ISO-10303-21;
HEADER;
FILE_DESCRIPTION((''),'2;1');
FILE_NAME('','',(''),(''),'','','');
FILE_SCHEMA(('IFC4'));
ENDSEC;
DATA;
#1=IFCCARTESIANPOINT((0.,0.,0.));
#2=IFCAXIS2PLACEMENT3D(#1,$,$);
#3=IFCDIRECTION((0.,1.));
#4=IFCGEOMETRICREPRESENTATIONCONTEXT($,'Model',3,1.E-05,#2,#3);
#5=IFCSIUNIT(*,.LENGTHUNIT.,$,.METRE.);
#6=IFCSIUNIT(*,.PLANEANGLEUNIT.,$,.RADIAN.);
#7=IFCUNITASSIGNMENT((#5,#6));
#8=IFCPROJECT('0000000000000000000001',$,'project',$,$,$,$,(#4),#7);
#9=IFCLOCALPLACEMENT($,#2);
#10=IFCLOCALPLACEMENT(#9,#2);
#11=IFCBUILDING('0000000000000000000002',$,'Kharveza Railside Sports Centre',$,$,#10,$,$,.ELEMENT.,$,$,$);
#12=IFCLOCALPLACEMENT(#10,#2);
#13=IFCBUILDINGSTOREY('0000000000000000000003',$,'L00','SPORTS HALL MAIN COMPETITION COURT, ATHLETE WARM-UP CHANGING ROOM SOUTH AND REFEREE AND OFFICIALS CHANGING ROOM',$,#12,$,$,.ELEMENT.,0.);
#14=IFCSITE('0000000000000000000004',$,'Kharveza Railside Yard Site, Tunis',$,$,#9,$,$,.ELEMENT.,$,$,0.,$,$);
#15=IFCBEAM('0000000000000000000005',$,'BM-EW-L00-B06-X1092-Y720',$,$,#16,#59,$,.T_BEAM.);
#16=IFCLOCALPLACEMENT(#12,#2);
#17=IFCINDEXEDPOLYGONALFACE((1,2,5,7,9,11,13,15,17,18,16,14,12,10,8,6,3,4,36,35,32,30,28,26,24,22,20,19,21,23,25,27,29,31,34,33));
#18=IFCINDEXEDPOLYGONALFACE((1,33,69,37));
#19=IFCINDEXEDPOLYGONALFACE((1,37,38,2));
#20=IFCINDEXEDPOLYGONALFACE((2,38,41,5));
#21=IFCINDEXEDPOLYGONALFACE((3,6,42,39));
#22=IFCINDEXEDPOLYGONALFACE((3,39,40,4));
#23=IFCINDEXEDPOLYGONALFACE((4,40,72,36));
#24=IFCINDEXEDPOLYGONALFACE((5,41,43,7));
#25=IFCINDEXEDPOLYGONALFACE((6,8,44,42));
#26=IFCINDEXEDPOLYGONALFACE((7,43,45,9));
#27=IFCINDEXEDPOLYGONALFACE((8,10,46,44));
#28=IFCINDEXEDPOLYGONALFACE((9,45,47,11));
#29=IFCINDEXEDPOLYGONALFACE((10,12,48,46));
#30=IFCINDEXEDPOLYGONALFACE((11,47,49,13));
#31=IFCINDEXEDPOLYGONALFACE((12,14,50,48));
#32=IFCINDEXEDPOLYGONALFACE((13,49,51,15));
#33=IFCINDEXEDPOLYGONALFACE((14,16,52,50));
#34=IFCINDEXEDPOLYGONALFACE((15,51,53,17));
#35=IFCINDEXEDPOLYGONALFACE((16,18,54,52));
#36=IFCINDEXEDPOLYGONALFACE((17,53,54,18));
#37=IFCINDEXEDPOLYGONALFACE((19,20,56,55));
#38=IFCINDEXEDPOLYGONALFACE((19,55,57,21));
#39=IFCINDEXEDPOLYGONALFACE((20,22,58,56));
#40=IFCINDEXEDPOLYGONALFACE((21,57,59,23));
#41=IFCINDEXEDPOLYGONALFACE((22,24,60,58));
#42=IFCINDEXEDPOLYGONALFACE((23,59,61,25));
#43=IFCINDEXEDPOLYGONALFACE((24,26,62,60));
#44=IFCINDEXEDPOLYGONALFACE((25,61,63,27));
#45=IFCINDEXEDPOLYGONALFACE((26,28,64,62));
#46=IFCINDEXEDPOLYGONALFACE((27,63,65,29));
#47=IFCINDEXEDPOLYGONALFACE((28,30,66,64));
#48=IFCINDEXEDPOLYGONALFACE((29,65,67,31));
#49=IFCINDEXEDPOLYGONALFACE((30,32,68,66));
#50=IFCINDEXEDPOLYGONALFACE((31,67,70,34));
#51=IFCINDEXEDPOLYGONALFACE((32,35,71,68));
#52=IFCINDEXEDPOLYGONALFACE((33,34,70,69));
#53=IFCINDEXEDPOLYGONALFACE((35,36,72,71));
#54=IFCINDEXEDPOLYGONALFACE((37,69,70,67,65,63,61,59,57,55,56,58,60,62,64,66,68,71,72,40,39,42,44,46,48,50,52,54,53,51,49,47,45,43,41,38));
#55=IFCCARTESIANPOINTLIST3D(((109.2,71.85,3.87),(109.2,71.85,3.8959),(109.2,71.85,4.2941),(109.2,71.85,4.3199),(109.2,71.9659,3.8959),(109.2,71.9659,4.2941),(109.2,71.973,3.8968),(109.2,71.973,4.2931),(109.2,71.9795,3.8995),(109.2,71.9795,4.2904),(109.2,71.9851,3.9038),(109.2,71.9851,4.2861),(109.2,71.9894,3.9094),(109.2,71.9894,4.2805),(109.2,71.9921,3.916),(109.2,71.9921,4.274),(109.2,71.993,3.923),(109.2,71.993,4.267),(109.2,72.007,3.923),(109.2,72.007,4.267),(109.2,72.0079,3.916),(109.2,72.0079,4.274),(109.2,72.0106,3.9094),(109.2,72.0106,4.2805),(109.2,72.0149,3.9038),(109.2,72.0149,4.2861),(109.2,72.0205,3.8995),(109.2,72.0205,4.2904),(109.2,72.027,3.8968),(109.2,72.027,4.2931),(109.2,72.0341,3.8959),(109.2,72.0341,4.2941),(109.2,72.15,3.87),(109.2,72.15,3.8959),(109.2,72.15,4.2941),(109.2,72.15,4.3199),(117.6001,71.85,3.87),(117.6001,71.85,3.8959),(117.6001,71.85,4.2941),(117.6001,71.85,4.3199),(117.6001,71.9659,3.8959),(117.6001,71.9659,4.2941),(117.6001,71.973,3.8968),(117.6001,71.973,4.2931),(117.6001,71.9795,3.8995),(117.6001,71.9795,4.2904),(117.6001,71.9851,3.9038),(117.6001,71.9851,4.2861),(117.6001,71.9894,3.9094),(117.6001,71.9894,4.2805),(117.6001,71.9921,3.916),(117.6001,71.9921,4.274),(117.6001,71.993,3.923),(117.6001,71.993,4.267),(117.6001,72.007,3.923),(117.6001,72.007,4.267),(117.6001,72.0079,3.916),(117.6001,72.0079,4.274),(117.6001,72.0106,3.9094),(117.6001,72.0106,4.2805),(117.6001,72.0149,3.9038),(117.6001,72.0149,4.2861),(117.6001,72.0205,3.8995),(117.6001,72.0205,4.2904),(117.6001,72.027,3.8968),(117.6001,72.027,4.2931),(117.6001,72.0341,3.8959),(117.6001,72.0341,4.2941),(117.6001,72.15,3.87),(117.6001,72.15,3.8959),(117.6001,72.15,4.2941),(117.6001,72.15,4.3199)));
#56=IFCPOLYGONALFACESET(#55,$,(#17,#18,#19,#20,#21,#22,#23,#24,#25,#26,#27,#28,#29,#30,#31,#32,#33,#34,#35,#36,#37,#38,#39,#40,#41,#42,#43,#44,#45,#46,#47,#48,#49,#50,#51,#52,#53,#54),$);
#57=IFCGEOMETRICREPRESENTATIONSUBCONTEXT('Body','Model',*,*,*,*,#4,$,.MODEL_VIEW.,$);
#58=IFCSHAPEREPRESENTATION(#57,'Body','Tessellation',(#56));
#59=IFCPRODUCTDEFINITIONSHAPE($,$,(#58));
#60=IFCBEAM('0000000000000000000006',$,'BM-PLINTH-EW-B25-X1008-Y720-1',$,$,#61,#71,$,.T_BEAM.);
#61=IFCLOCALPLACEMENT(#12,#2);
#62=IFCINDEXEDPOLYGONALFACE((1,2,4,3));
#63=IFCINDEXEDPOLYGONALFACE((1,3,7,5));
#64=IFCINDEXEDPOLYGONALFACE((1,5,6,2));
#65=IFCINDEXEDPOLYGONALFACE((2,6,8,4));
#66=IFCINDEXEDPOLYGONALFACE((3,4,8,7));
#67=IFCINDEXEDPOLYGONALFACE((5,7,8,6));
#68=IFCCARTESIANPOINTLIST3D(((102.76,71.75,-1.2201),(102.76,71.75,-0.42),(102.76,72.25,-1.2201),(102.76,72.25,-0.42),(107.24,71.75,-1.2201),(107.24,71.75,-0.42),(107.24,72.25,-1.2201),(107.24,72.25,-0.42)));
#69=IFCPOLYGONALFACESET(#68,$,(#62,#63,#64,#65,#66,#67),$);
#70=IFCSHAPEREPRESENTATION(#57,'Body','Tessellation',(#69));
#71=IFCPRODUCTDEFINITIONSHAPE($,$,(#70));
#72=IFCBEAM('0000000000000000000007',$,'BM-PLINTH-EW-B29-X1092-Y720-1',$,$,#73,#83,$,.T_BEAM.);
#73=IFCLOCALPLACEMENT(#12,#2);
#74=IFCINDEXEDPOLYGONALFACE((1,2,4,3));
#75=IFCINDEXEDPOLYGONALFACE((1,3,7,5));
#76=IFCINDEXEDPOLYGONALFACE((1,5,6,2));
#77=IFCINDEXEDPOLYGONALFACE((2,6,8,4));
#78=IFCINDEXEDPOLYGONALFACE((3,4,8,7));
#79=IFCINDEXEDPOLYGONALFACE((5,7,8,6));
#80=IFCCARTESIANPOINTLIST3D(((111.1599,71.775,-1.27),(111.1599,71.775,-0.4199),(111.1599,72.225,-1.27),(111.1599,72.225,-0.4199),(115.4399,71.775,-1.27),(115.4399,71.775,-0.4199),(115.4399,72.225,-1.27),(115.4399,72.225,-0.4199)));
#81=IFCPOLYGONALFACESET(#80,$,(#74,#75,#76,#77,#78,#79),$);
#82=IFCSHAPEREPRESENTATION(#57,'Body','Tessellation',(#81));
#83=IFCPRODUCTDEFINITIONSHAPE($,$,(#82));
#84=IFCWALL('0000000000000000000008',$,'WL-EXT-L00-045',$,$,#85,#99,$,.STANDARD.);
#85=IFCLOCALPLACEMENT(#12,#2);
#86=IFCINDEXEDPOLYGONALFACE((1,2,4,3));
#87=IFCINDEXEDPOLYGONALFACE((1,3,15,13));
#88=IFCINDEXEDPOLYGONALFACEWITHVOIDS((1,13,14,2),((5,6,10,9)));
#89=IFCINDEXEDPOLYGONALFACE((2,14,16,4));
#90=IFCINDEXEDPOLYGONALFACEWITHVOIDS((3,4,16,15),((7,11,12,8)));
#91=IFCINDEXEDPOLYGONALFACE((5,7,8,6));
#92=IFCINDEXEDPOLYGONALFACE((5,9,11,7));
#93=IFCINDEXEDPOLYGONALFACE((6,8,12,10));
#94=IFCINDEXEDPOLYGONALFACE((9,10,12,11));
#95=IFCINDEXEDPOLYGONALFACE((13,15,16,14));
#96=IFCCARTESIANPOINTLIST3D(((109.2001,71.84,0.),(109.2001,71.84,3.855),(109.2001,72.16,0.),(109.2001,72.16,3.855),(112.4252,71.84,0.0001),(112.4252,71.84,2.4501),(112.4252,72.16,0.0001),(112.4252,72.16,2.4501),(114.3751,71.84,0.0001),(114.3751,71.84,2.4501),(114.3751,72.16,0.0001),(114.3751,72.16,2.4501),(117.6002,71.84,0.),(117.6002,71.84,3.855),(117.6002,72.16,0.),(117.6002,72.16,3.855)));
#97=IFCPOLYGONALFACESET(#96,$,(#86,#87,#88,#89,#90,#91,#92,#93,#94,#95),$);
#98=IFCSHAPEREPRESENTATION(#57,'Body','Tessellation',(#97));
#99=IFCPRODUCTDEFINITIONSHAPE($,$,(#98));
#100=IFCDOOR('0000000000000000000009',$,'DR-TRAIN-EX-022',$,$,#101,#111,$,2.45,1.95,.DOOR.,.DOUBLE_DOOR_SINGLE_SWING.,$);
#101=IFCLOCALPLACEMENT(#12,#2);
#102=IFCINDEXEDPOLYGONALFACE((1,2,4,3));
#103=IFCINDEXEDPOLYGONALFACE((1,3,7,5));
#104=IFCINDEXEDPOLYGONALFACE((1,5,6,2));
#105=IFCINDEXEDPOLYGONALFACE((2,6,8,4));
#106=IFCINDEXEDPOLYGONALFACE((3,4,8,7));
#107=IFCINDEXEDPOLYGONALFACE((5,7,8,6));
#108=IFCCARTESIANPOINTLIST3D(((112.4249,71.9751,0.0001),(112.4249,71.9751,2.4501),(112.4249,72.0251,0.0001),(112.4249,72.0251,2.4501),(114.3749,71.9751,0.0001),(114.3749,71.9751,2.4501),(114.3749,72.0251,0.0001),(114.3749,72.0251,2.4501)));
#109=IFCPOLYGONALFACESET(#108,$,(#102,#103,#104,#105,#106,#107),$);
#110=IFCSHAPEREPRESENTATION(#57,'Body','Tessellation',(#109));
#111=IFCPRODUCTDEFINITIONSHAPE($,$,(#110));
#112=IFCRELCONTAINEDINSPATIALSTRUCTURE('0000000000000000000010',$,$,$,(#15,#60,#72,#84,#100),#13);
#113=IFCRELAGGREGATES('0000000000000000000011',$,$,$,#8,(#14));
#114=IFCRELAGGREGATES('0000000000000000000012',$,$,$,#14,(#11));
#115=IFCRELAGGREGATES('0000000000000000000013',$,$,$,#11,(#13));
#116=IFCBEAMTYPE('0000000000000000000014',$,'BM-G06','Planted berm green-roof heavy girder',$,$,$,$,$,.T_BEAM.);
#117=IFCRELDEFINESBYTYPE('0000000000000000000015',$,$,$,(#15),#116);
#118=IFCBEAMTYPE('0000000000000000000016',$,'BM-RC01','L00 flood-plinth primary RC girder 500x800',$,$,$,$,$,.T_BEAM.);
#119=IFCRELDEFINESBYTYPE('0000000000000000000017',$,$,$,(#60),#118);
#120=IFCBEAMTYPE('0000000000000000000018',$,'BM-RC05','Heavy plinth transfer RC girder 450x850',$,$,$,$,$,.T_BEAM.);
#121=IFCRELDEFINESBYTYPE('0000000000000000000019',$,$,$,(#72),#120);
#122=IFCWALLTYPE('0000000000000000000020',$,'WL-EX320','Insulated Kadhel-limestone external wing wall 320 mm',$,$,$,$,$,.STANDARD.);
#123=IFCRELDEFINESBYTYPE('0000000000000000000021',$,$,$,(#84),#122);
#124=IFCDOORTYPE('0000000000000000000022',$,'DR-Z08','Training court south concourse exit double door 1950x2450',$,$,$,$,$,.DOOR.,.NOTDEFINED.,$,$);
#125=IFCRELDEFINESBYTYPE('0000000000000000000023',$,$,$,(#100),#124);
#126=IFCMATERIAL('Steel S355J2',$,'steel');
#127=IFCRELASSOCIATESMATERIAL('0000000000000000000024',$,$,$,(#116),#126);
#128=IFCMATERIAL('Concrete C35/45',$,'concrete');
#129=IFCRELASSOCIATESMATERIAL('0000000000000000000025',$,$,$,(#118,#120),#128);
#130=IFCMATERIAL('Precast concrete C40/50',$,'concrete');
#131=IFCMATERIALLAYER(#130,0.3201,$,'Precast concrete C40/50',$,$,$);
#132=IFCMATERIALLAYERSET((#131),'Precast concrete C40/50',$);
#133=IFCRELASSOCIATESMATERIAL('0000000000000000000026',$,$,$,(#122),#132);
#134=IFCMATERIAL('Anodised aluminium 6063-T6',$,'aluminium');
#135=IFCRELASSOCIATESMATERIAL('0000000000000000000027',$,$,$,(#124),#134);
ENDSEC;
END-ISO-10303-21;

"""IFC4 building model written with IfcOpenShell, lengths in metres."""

from ifc_helpers import new_model, si_unit, direction, frame, frame_2d, origin, origin_2d, place, context, subcontext, project, spatial, rectangle, i_section, extrude, material, layer, layer_set, material_profile, profile_set, type_object, element, fill, save


model = new_model("IFC4")

# Units and contexts
model_context = context("Model", 3, precision=1e-05, world=origin(), true_north=direction((0.0, 1.0)))
body_context = subcontext(model_context, "Body", "Model", "MODEL_VIEW")
ifc_project = project(units=[si_unit("LENGTHUNIT", "METRE"), si_unit("PLANEANGLEUNIT", "RADIAN")], contexts=[model_context])

# Site, building, storey
site_placement = place(None, origin())
site = spatial("IfcSite", under=ifc_project, at=site_placement, Name="Kharveza Railside Yard Site, Tunis", CompositionType="ELEMENT", RefElevation=0.0)
building_placement = place(site_placement, origin())
building = spatial("IfcBuilding", under=site, at=building_placement, Name="Kharveza Railside Sports Centre", CompositionType="ELEMENT")
storey_placement = place(building_placement, origin())
storey = spatial("IfcBuildingStorey", under=building, at=storey_placement, Name="L00", Description="SPORTS HALL MAIN COMPETITION COURT, ATHLETE WARM-UP CHANGING ROOM SOUTH AND REFEREE AND OFFICIALS CHANGING ROOM", CompositionType="ELEMENT", Elevation=0.0)

# Shared definitions
ifc_material_1 = material(Name="Concrete C35/45", Category="concrete")

# Shared definitions
ifc_material_2 = material(Name="Steel S355J2", Category="steel")

# Beams
ifc_material_profile_1 = material_profile(ifc_material_2, i_section(OverallWidth=0.3, OverallDepth=0.45, WebThickness=0.0139, FlangeThickness=0.0259, FilletRadius=0.0271, at=origin_2d()), Name="HEB 450")
ifc_profile_set_1 = profile_set([ifc_material_profile_1], Name="Steel S355J2")
beam_type_1 = type_object("IfcBeamType", Name="BM-G06", Description="Planted berm green-roof heavy girder", PredefinedType="T_BEAM", material=ifc_profile_set_1)
beam_1_placement = place(storey_placement, frame((109.2, 72.0, 4.095), z_axis=(1.0, 0.0, 0.0), x_axis=(0.0, 1.0, 0.0)))
element("IfcBeam", 1, at=beam_1_placement, inside=storey, type_object=beam_type_1, Name="BM-EW-L00-B06-X1092-Y720", PredefinedType="T_BEAM", context=body_context, shape_type="SweptSolid", body=[
    extrude(i_section(OverallWidth=0.3, OverallDepth=0.45, WebThickness=0.0139, FlangeThickness=0.0259, FilletRadius=0.0271, at=origin_2d()), origin(), (0.0, 0.0, 1.0), 8.4001),
])
ifc_material_profile_2 = material_profile(ifc_material_1, rectangle(XDim=0.5, YDim=0.8, at=origin_2d()), Name="RCB 500x800")
ifc_profile_set_2 = profile_set([ifc_material_profile_2], Name="Concrete C35/45")
beam_type_2 = type_object("IfcBeamType", Name="BM-RC01", Description="L00 flood-plinth primary RC girder 500x800", PredefinedType="T_BEAM", material=ifc_profile_set_2)
beam_2_placement = place(storey_placement, frame((102.76, 72.0, -0.8201), z_axis=(1.0, 0.0, 0.0), x_axis=(0.0, 1.0, 0.0)))
element("IfcBeam", 2, at=beam_2_placement, inside=storey, type_object=beam_type_2, Name="BM-PLINTH-EW-B25-X1008-Y720-1", PredefinedType="T_BEAM", context=body_context, shape_type="SweptSolid", body=[
    extrude(rectangle(XDim=0.5, YDim=0.8, at=origin_2d()), origin(), (0.0, 0.0, 1.0), 4.48),
])
ifc_material_profile_3 = material_profile(ifc_material_1, rectangle(XDim=0.45, YDim=0.8501, at=origin_2d()), Name="RCB 450x850")
ifc_profile_set_3 = profile_set([ifc_material_profile_3], Name="Concrete C35/45")
beam_type_3 = type_object("IfcBeamType", Name="BM-RC05", Description="Heavy plinth transfer RC girder 450x850", PredefinedType="T_BEAM", material=ifc_profile_set_3)
beam_3_placement = place(storey_placement, frame((111.1599, 72.0, -0.845), z_axis=(1.0, 0.0, 0.0), x_axis=(0.0, 1.0, 0.0)))
element("IfcBeam", 3, at=beam_3_placement, inside=storey, type_object=beam_type_3, Name="BM-PLINTH-EW-B29-X1092-Y720-1", PredefinedType="T_BEAM", context=body_context, shape_type="SweptSolid", body=[
    extrude(rectangle(XDim=0.45, YDim=0.8501, at=origin_2d()), origin(), (0.0, 0.0, 1.0), 4.28),
])

# Wall, opening, door
ifc_material_3 = material(Name="Precast concrete C40/50", Category="concrete")
ifc_layer = layer(ifc_material_3, 0.3201, Name="Precast concrete C40/50")
ifc_layer_set = layer_set([ifc_layer], Name="Precast concrete C40/50")
wall_type = type_object("IfcWallType", Name="WL-EX320", Description="Insulated Kadhel-limestone external wing wall 320 mm", PredefinedType="STANDARD", material=ifc_layer_set)
ifc_material_4 = material(Name="Anodised aluminium 6063-T6", Category="aluminium")
wall_1_placement = place(storey_placement, frame((109.2, 72.0, 0.0), z_axis=(0.0, 0.0, 1.0), x_axis=(1.0, 0.0, 0.0)))
wall_1 = element("IfcWall", 4, at=wall_1_placement, inside=storey, type_object=wall_type, Name="WL-EXT-L00-045", PredefinedType="STANDARD", context=body_context, shape_type="SweptSolid", body=[
    extrude(rectangle(XDim=8.4001, YDim=0.3201, at=frame_2d((4.2002, 0.0))), origin(), (0.0, 0.0, 1.0), 3.855),
])
opening_1_placement = place(wall_1_placement, frame((3.2251, 0.0, 0.0)))
opening_1 = element("IfcOpeningElement", 5, at=opening_1_placement, cuts=wall_1, PredefinedType="OPENING", context=body_context, shape_type="SweptSolid", body=[
    extrude(rectangle(XDim=1.95, YDim=2.45, at=frame_2d((0.9751, 1.2251))), frame((0.0, 0.1851, 0.0), z_axis=(0.0, -1.0, 0.0), x_axis=(1.0, 0.0, 0.0)), (0.0, 0.0, 1.0), 0.3699),
])
door_type_1 = type_object("IfcDoorType", Name="DR-Z08", Description="Training court south concourse exit double door 1950x2450", OperationType="NOTDEFINED", PredefinedType="DOOR", material=ifc_material_4)
door_1_placement = place(opening_1_placement, frame((1.95, 0.0, 0.0), z_axis=(0.0, 0.0, 1.0), x_axis=(-1.0, 0.0, 0.0)))
door_1 = element("IfcDoor", 6, at=door_1_placement, inside=storey, type_object=door_type_1, Name="DR-TRAIN-EX-022", OperationType="DOUBLE_DOOR_SINGLE_SWING", OverallHeight=2.45, OverallWidth=1.95, PredefinedType="DOOR", context=body_context, shape_type="SweptSolid", body=[
    extrude(rectangle(XDim=1.95, YDim=2.45, at=frame_2d((0.9751, 1.2251))), frame((0.0, 0.0249, 0.0), z_axis=(0.0, -1.0, 0.0), x_axis=(1.0, 0.0, 0.0)), (0.0, 0.0, 1.0), 0.05),
])
fill(opening_1, door_1)

save(model, "model.ifc")
